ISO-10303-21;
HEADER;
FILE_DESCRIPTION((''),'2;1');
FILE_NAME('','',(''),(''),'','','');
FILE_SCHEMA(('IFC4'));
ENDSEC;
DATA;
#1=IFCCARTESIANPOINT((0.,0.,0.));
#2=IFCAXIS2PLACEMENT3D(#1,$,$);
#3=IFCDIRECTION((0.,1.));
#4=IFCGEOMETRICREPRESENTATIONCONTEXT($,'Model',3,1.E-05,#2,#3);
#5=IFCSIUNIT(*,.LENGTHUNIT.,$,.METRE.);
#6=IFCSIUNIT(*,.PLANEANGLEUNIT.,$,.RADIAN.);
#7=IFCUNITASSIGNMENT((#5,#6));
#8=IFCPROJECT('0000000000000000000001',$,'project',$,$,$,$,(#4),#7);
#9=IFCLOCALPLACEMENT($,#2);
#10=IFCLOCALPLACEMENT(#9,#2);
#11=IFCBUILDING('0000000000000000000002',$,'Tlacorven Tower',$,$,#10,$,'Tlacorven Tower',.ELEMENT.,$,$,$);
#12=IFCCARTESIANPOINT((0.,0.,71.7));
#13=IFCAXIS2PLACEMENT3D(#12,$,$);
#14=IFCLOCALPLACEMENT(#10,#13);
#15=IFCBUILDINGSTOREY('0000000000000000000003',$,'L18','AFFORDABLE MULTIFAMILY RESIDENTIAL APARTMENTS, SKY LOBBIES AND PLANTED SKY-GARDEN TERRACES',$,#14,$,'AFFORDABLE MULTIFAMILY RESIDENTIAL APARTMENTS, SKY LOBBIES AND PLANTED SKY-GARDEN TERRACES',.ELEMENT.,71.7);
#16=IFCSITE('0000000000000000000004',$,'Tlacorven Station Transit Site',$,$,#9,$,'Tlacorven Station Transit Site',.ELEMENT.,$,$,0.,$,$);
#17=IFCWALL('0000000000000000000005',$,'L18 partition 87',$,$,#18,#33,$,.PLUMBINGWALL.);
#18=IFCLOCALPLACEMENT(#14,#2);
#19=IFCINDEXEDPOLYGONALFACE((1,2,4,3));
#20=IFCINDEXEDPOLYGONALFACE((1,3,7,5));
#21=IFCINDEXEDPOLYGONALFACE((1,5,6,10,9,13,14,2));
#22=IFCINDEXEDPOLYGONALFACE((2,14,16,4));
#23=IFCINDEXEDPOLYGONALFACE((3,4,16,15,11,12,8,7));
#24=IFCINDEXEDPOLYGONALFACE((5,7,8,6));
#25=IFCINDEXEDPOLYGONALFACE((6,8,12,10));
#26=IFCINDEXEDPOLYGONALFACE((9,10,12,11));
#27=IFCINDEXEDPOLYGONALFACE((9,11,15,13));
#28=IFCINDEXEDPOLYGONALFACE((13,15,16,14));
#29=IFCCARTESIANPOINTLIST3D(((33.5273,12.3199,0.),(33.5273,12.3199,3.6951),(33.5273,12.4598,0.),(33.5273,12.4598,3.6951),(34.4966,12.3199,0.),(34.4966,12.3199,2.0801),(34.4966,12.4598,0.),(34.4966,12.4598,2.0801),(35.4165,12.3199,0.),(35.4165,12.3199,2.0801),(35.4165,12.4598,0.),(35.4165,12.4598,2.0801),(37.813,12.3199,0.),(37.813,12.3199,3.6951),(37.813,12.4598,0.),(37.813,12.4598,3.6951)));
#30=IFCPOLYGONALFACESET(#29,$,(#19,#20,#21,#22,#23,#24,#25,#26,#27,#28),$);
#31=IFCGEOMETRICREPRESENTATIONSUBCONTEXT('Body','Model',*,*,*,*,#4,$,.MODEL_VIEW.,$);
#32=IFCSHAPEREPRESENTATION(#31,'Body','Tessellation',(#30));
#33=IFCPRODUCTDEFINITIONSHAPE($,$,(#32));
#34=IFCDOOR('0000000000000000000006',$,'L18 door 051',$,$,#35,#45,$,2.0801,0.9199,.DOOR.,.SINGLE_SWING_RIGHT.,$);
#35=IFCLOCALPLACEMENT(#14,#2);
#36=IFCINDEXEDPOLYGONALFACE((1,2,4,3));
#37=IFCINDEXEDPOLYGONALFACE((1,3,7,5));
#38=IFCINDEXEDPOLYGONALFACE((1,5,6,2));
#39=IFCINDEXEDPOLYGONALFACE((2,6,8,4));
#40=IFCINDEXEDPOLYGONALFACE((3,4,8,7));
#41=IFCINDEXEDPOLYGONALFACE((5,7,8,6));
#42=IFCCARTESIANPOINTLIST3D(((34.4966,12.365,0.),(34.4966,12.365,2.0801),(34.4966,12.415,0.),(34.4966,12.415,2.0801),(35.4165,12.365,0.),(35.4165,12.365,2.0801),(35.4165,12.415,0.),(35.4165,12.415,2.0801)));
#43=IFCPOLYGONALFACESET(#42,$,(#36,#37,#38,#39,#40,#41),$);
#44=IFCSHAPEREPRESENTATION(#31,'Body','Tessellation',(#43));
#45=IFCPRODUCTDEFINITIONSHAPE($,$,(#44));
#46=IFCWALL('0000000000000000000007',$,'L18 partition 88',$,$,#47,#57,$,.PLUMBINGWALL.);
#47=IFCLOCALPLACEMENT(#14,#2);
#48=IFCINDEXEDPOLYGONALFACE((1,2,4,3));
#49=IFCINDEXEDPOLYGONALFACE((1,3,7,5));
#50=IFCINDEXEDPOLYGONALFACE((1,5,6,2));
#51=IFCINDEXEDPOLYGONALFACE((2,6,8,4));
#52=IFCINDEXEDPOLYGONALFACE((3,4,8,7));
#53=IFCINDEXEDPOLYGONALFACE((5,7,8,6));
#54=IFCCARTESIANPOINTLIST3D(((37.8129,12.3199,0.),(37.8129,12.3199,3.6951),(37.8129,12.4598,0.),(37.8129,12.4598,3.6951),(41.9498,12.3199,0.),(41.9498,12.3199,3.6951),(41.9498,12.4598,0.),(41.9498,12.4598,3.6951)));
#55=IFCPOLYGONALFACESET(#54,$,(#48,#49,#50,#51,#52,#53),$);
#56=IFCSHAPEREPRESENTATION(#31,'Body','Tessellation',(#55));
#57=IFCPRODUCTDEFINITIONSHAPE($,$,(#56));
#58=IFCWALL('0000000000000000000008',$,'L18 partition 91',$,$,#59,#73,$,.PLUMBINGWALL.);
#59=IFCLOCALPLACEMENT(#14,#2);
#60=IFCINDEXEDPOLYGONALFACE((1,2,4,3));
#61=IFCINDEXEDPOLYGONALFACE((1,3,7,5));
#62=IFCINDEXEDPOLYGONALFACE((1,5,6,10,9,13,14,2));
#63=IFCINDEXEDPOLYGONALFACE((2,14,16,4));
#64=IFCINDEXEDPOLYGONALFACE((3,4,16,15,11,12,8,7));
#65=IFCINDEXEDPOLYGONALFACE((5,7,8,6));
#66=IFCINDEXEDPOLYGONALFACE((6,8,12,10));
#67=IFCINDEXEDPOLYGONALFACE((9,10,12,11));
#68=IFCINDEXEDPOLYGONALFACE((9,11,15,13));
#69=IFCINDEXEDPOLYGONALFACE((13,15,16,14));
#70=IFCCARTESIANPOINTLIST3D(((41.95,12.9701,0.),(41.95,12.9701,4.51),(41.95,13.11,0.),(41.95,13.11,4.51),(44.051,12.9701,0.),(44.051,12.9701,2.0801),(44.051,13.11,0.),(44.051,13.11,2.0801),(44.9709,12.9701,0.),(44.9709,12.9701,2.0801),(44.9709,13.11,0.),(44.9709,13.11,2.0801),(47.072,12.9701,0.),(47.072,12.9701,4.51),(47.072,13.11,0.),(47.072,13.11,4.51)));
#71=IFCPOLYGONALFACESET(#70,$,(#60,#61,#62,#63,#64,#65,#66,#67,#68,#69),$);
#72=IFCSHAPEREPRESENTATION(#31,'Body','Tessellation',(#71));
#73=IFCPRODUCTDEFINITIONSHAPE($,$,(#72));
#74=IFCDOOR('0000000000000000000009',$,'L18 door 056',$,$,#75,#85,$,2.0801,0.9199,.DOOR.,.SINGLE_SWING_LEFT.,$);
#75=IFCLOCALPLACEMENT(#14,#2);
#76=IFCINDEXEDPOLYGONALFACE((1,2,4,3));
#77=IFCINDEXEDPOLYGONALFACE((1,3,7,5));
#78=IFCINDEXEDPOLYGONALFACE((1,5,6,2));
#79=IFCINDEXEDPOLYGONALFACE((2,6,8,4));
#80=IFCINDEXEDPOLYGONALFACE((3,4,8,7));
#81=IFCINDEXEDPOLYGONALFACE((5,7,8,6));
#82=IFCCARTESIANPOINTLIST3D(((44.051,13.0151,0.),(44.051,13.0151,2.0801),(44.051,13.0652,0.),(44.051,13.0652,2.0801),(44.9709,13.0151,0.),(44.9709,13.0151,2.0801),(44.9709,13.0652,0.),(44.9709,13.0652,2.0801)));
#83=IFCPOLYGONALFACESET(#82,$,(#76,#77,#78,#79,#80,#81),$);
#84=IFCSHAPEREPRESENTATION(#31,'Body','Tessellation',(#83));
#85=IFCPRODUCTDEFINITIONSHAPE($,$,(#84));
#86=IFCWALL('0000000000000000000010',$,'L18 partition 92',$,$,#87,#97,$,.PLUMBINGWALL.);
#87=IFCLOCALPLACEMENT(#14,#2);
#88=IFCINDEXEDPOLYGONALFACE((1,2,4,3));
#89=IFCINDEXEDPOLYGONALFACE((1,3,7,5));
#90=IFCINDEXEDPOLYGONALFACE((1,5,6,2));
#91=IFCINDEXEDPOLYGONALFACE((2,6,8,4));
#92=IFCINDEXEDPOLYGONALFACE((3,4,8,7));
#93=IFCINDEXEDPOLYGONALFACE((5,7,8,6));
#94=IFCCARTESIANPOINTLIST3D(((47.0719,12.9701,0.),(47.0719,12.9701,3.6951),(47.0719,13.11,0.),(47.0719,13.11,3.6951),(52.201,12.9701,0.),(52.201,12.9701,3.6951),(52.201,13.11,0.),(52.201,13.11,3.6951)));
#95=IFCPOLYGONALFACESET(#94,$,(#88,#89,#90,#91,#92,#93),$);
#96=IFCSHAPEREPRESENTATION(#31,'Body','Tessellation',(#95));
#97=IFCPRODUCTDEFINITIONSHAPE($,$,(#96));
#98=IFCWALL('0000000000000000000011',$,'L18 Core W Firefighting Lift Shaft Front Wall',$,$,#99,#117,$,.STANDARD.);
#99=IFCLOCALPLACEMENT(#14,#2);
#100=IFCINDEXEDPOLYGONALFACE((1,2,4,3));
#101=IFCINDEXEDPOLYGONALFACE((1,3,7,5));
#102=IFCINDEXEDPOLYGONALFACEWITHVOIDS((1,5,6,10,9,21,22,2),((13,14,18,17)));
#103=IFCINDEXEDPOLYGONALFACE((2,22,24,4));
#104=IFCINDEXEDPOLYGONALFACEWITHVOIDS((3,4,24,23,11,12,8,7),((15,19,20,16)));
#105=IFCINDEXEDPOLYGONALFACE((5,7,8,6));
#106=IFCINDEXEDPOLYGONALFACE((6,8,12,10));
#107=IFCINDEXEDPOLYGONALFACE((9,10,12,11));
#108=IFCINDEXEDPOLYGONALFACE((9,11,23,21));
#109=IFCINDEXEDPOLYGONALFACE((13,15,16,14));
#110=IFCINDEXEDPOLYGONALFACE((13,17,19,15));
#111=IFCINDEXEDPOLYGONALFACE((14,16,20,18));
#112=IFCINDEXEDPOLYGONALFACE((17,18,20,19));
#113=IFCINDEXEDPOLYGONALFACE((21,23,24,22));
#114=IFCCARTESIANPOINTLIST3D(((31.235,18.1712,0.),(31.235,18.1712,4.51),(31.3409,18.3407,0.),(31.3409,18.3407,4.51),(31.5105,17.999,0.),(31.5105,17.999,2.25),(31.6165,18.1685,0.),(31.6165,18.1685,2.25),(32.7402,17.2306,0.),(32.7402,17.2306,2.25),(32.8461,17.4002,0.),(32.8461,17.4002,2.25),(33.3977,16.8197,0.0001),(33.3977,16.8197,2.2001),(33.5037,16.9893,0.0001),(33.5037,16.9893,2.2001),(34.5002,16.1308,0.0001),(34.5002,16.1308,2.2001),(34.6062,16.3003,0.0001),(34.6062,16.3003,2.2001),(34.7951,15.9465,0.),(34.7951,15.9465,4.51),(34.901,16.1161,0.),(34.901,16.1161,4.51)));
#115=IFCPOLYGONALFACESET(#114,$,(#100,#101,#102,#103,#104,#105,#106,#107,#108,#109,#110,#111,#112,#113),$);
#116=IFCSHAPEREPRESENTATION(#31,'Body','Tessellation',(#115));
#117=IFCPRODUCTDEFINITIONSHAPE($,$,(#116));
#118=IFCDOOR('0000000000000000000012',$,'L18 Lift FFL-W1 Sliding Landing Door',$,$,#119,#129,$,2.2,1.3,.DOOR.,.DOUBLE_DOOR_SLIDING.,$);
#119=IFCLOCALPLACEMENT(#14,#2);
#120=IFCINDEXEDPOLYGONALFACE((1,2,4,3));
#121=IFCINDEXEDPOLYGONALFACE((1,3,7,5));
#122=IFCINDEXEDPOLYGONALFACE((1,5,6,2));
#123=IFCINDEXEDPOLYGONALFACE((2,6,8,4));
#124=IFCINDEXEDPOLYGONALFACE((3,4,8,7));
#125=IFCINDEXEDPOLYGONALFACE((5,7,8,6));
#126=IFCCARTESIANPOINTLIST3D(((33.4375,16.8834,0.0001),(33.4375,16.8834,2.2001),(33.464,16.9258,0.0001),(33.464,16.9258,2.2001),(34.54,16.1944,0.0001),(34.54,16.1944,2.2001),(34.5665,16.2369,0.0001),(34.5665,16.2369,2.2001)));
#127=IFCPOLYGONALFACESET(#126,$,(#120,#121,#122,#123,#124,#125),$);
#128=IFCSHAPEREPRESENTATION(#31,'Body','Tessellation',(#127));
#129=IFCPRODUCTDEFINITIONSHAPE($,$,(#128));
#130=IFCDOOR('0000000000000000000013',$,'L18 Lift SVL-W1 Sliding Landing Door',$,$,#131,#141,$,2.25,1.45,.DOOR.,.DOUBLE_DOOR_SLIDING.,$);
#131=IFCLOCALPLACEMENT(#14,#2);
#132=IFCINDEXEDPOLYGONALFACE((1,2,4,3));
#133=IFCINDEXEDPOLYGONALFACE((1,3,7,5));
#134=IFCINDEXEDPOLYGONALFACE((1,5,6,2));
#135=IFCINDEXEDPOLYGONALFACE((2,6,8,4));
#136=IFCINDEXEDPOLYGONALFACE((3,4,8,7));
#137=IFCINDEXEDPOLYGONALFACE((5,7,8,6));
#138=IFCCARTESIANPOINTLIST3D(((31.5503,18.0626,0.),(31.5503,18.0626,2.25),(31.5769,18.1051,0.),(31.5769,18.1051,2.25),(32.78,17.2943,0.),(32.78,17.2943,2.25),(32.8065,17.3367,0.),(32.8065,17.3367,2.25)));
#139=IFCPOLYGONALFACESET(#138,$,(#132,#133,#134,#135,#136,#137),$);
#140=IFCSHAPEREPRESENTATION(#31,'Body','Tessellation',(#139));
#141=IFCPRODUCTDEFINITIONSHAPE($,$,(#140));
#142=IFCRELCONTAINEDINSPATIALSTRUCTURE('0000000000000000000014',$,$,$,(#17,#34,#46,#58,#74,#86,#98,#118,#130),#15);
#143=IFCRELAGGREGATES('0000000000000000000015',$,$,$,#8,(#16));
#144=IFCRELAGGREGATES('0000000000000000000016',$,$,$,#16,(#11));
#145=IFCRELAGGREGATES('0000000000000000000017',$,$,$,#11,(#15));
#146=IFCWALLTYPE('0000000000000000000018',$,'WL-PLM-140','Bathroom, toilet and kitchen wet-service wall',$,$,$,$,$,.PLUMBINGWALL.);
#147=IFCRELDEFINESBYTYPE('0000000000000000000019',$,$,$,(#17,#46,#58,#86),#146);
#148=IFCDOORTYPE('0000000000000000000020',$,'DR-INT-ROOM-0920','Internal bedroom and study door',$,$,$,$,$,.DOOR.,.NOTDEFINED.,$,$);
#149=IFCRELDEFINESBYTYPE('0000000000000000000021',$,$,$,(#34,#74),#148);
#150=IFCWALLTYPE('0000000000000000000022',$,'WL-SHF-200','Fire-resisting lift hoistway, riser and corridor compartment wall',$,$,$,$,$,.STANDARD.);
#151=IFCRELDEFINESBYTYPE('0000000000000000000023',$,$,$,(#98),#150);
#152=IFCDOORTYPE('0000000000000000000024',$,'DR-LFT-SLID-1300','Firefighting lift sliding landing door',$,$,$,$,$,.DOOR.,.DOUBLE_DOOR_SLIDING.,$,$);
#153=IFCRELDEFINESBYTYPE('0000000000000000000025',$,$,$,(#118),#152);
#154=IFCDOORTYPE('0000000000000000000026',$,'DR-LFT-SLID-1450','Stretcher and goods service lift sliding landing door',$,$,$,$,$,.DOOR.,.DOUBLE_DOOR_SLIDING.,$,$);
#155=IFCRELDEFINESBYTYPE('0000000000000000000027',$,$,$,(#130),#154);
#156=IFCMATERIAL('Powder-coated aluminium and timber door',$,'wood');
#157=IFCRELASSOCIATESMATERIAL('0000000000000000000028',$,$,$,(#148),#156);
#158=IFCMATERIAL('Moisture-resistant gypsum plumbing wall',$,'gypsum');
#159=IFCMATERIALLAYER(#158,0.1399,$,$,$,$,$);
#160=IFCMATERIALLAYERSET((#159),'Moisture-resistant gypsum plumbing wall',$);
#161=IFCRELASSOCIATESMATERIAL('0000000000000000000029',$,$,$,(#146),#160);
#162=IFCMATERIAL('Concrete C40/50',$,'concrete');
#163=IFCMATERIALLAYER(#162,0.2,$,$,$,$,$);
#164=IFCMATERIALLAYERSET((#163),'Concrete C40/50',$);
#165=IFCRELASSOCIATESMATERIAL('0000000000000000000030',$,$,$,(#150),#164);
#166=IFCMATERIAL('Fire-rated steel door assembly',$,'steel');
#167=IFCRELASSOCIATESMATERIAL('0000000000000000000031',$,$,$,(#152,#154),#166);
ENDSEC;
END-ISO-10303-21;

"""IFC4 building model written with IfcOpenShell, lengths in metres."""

from ifc_helpers import new_model, si_unit, direction, frame, frame_2d, origin, place, context, subcontext, project, spatial, rectangle, extrude, source, transform, mapped, material, layer, layer_set, type_object, element, fill, save


model = new_model("IFC4")

# Units and contexts
model_context = context("Model", 3, precision=1e-05, world=origin(), true_north=direction((0.0, 1.0)))
body_context = subcontext(model_context, "Body", "Model", "MODEL_VIEW")
ifc_project = project(units=[si_unit("LENGTHUNIT", "METRE"), si_unit("PLANEANGLEUNIT", "RADIAN")], contexts=[model_context])

# Site, building, storey
site_placement = place(None, origin())
site = spatial("IfcSite", under=ifc_project, at=site_placement, Name="Tlacorven Station Transit Site", LongName="Tlacorven Station Transit Site", CompositionType="ELEMENT", RefElevation=0.0)
building_placement = place(site_placement, origin())
building = spatial("IfcBuilding", under=site, at=building_placement, Name="Tlacorven Tower", LongName="Tlacorven Tower", CompositionType="ELEMENT")
storey_placement = place(building_placement, frame((0.0, 0.0, 71.7)))
storey = spatial("IfcBuildingStorey", under=building, at=storey_placement, Name="L18", Description="AFFORDABLE MULTIFAMILY RESIDENTIAL APARTMENTS, SKY LOBBIES AND PLANTED SKY-GARDEN TERRACES", LongName="AFFORDABLE MULTIFAMILY RESIDENTIAL APARTMENTS, SKY LOBBIES AND PLANTED SKY-GARDEN TERRACES", CompositionType="ELEMENT", Elevation=71.7)

# Shared definitions
ifc_material_1 = material(Name="Fire-rated steel door assembly", Category="steel")

# Wall, opening, door
ifc_material_2 = material(Name="Powder-coated aluminium and timber door", Category="wood")
door_type_1 = type_object("IfcDoorType", Name="DR-INT-ROOM-0920", Description="Internal bedroom and study door", OperationType="NOTDEFINED", PredefinedType="DOOR", material=ifc_material_2)
shared_shape_1 = source(origin(), body_context, "Body", "SweptSolid", [
    extrude(rectangle(XDim=0.9199, YDim=2.0801, at=frame_2d((0.46, 1.04))), frame((0.0, 0.0249, 0.0), z_axis=(0.0, -1.0, 0.0), x_axis=(1.0, 0.0, 0.0)), (0.0, 0.0, 1.0), 0.05),
])
ifc_material_3 = material(Name="Moisture-resistant gypsum plumbing wall", Category="gypsum")
ifc_layer_1 = layer(ifc_material_3, 0.1399)
ifc_layer_set_1 = layer_set([ifc_layer_1], Name="Moisture-resistant gypsum plumbing wall")
wall_type_1 = type_object("IfcWallType", Name="WL-PLM-140", Description="Bathroom, toilet and kitchen wet-service wall", PredefinedType="PLUMBINGWALL", material=ifc_layer_set_1)
wall_1_placement = place(storey_placement, frame((33.5273, 12.3899, 0.0), z_axis=(0.0, 0.0, 1.0), x_axis=(1.0, 0.0, 0.0)))
wall_1 = element("IfcWall", 1, at=wall_1_placement, inside=storey, type_object=wall_type_1, Name="L18 partition 87", PredefinedType="PLUMBINGWALL", context=body_context, shape_type="SweptSolid", body=[
    extrude(rectangle(XDim=4.2856, YDim=0.1399, at=frame_2d((2.1428, 0.0))), origin(), (0.0, 0.0, 1.0), 3.6951),
])
opening_1_placement = place(wall_1_placement, frame((0.9692, 0.0, 0.0)))
opening_1 = element("IfcOpeningElement", 2, at=opening_1_placement, cuts=wall_1, PredefinedType="OPENING", context=body_context, shape_type="SweptSolid", body=[
    extrude(rectangle(XDim=0.9199, YDim=2.0801, at=frame_2d((0.46, 1.04))), frame((0.0, 0.0801, 0.0), z_axis=(0.0, -1.0, 0.0), x_axis=(1.0, 0.0, 0.0)), (0.0, 0.0, 1.0), 0.1599),
])
door_1_placement = place(opening_1_placement, frame((0.9199, 0.0, 0.0), z_axis=(0.0, 0.0, 1.0), x_axis=(-1.0, 0.0, 0.0)))
door_1 = element("IfcDoor", 3, at=door_1_placement, inside=storey, type_object=door_type_1, Name="L18 door 051", OperationType="SINGLE_SWING_RIGHT", OverallHeight=2.0801, OverallWidth=0.9199, PredefinedType="DOOR", context=body_context, shape_type="MappedRepresentation", body=[
    mapped(shared_shape_1, transform((0.0, 0.0, 0.0), scale=1.0)),
])
fill(opening_1, door_1)

# Wall
wall_2_placement = place(storey_placement, frame((37.813, 12.3899, 0.0), z_axis=(0.0, 0.0, 1.0), x_axis=(1.0, 0.0, 0.0)))
element("IfcWall", 4, at=wall_2_placement, inside=storey, type_object=wall_type_1, Name="L18 partition 88", PredefinedType="PLUMBINGWALL", context=body_context, shape_type="SweptSolid", body=[
    extrude(rectangle(XDim=4.137, YDim=0.1399, at=frame_2d((2.0684, 0.0))), origin(), (0.0, 0.0, 1.0), 3.6951),
])

# Wall, opening, door
wall_3_placement = place(storey_placement, frame((41.95, 13.04, 0.0), z_axis=(0.0, 0.0, 1.0), x_axis=(1.0, 0.0, 0.0)))
wall_3 = element("IfcWall", 5, at=wall_3_placement, inside=storey, type_object=wall_type_1, Name="L18 partition 91", PredefinedType="PLUMBINGWALL", context=body_context, shape_type="SweptSolid", body=[
    extrude(rectangle(XDim=5.1221, YDim=0.1399, at=frame_2d((2.561, 0.0))), origin(), (0.0, 0.0, 1.0), 4.51),
])
opening_2_placement = place(wall_3_placement, frame((2.1011, 0.0, 0.0)))
opening_2 = element("IfcOpeningElement", 6, at=opening_2_placement, cuts=wall_3, PredefinedType="OPENING", context=body_context, shape_type="SweptSolid", body=[
    extrude(rectangle(XDim=0.9199, YDim=2.0801, at=frame_2d((0.46, 1.04))), frame((0.0, 0.0801, 0.0), z_axis=(0.0, -1.0, 0.0), x_axis=(1.0, 0.0, 0.0)), (0.0, 0.0, 1.0), 0.1599),
])
door_2_placement = place(opening_2_placement, frame((0.9199, 0.0, 0.0), z_axis=(0.0, 0.0, 1.0), x_axis=(-1.0, 0.0, 0.0)))
door_2 = element("IfcDoor", 7, at=door_2_placement, inside=storey, type_object=door_type_1, Name="L18 door 056", OperationType="SINGLE_SWING_LEFT", OverallHeight=2.0801, OverallWidth=0.9199, PredefinedType="DOOR", context=body_context, shape_type="MappedRepresentation", body=[
    mapped(shared_shape_1, transform((0.0, 0.0, 0.0), scale=1.0)),
])
fill(opening_2, door_2)

# Wall
wall_4_placement = place(storey_placement, frame((47.072, 13.04, 0.0), z_axis=(0.0, 0.0, 1.0), x_axis=(1.0, 0.0, 0.0)))
element("IfcWall", 8, at=wall_4_placement, inside=storey, type_object=wall_type_1, Name="L18 partition 92", PredefinedType="PLUMBINGWALL", context=body_context, shape_type="SweptSolid", body=[
    extrude(rectangle(XDim=5.1292, YDim=0.1399, at=frame_2d((2.5645, 0.0))), origin(), (0.0, 0.0, 1.0), 3.6951),
])

# Wall, openings, doors
ifc_material_4 = material(Name="Concrete C40/50", Category="concrete")
ifc_layer_2 = layer(ifc_material_4, 0.2)
ifc_layer_set_2 = layer_set([ifc_layer_2], Name="Concrete C40/50")
wall_type_2 = type_object("IfcWallType", Name="WL-SHF-200", Description="Fire-resisting lift hoistway, riser and corridor compartment wall", PredefinedType="STANDARD", material=ifc_layer_set_2)
wall_5_placement = place(storey_placement, frame((34.8481, 16.0312, 0.0), z_axis=(0.0, 0.0, 1.0), x_axis=(-0.848044, 0.529926, 0.0)))
wall_5 = element("IfcWall", 9, at=wall_5_placement, inside=storey, type_object=wall_type_2, Name="L18 Core W Firefighting Lift Shaft Front Wall", PredefinedType="STANDARD", context=body_context, shape_type="SweptSolid", body=[
    extrude(rectangle(XDim=4.198, YDim=0.2, at=frame_2d((2.0991, 0.0))), origin(), (0.0, 0.0, 1.0), 4.51),
])
opening_3_placement = place(wall_5_placement, frame((0.3479, 0.0, 0.0)))
opening_3 = element("IfcOpeningElement", 10, at=opening_3_placement, cuts=wall_5, PredefinedType="OPENING", context=body_context, shape_type="SweptSolid", body=[
    extrude(rectangle(XDim=1.3, YDim=2.2, at=frame_2d((0.6499, 1.1001))), frame((0.0, 0.1099, 0.0), z_axis=(0.0, -1.0, 0.0), x_axis=(1.0, 0.0, 0.0)), (0.0, 0.0, 1.0), 0.22),
])
opening_4_placement = place(wall_5_placement, frame((2.4231, 0.0, 0.0)))
opening_4 = element("IfcOpeningElement", 11, at=opening_4_placement, cuts=wall_5, PredefinedType="OPENING", context=body_context, shape_type="SweptSolid", body=[
    extrude(rectangle(XDim=1.45, YDim=2.25, at=frame_2d((0.7251, 1.125))), frame((0.0, 0.1099, 0.0), z_axis=(0.0, -1.0, 0.0), x_axis=(1.0, 0.0, 0.0)), (0.0, 0.0, 1.0), 0.22),
])
door_type_2 = type_object("IfcDoorType", Name="DR-LFT-SLID-1300", Description="Firefighting lift sliding landing door", OperationType="DOUBLE_DOOR_SLIDING", PredefinedType="DOOR", material=ifc_material_1)
shared_shape_2 = source(origin(), body_context, "Body", "SweptSolid", [
    extrude(rectangle(XDim=1.3, YDim=2.2, at=frame_2d((0.6499, 1.1001))), frame((0.0, 0.0249, 0.0), z_axis=(0.0, -1.0, 0.0), x_axis=(1.0, 0.0, 0.0)), (0.0, 0.0, 1.0), 0.05),
])
door_3_placement = place(opening_3_placement, origin())
door_3 = element("IfcDoor", 12, at=door_3_placement, inside=storey, type_object=door_type_2, Name="L18 Lift FFL-W1 Sliding Landing Door", OperationType="DOUBLE_DOOR_SLIDING", OverallHeight=2.2, OverallWidth=1.3, PredefinedType="DOOR", context=body_context, shape_type="MappedRepresentation", body=[
    mapped(shared_shape_2, transform((0.0, 0.0, 0.0), scale=1.0)),
])
fill(opening_3, door_3)
door_type_3 = type_object("IfcDoorType", Name="DR-LFT-SLID-1450", Description="Stretcher and goods service lift sliding landing door", OperationType="DOUBLE_DOOR_SLIDING", PredefinedType="DOOR", material=ifc_material_1)
shared_shape_3 = source(origin(), body_context, "Body", "SweptSolid", [
    extrude(rectangle(XDim=1.45, YDim=2.25, at=frame_2d((0.7251, 1.125))), frame((0.0, 0.0249, 0.0), z_axis=(0.0, -1.0, 0.0), x_axis=(1.0, 0.0, 0.0)), (0.0, 0.0, 1.0), 0.05),
])
door_4_placement = place(opening_4_placement, origin())
door_4 = element("IfcDoor", 13, at=door_4_placement, inside=storey, type_object=door_type_3, Name="L18 Lift SVL-W1 Sliding Landing Door", OperationType="DOUBLE_DOOR_SLIDING", OverallHeight=2.25, OverallWidth=1.45, PredefinedType="DOOR", context=body_context, shape_type="MappedRepresentation", body=[
    mapped(shared_shape_3, transform((0.0, 0.0, 0.0), scale=1.0)),
])
fill(opening_4, door_4)

save(model, "model.ifc")
